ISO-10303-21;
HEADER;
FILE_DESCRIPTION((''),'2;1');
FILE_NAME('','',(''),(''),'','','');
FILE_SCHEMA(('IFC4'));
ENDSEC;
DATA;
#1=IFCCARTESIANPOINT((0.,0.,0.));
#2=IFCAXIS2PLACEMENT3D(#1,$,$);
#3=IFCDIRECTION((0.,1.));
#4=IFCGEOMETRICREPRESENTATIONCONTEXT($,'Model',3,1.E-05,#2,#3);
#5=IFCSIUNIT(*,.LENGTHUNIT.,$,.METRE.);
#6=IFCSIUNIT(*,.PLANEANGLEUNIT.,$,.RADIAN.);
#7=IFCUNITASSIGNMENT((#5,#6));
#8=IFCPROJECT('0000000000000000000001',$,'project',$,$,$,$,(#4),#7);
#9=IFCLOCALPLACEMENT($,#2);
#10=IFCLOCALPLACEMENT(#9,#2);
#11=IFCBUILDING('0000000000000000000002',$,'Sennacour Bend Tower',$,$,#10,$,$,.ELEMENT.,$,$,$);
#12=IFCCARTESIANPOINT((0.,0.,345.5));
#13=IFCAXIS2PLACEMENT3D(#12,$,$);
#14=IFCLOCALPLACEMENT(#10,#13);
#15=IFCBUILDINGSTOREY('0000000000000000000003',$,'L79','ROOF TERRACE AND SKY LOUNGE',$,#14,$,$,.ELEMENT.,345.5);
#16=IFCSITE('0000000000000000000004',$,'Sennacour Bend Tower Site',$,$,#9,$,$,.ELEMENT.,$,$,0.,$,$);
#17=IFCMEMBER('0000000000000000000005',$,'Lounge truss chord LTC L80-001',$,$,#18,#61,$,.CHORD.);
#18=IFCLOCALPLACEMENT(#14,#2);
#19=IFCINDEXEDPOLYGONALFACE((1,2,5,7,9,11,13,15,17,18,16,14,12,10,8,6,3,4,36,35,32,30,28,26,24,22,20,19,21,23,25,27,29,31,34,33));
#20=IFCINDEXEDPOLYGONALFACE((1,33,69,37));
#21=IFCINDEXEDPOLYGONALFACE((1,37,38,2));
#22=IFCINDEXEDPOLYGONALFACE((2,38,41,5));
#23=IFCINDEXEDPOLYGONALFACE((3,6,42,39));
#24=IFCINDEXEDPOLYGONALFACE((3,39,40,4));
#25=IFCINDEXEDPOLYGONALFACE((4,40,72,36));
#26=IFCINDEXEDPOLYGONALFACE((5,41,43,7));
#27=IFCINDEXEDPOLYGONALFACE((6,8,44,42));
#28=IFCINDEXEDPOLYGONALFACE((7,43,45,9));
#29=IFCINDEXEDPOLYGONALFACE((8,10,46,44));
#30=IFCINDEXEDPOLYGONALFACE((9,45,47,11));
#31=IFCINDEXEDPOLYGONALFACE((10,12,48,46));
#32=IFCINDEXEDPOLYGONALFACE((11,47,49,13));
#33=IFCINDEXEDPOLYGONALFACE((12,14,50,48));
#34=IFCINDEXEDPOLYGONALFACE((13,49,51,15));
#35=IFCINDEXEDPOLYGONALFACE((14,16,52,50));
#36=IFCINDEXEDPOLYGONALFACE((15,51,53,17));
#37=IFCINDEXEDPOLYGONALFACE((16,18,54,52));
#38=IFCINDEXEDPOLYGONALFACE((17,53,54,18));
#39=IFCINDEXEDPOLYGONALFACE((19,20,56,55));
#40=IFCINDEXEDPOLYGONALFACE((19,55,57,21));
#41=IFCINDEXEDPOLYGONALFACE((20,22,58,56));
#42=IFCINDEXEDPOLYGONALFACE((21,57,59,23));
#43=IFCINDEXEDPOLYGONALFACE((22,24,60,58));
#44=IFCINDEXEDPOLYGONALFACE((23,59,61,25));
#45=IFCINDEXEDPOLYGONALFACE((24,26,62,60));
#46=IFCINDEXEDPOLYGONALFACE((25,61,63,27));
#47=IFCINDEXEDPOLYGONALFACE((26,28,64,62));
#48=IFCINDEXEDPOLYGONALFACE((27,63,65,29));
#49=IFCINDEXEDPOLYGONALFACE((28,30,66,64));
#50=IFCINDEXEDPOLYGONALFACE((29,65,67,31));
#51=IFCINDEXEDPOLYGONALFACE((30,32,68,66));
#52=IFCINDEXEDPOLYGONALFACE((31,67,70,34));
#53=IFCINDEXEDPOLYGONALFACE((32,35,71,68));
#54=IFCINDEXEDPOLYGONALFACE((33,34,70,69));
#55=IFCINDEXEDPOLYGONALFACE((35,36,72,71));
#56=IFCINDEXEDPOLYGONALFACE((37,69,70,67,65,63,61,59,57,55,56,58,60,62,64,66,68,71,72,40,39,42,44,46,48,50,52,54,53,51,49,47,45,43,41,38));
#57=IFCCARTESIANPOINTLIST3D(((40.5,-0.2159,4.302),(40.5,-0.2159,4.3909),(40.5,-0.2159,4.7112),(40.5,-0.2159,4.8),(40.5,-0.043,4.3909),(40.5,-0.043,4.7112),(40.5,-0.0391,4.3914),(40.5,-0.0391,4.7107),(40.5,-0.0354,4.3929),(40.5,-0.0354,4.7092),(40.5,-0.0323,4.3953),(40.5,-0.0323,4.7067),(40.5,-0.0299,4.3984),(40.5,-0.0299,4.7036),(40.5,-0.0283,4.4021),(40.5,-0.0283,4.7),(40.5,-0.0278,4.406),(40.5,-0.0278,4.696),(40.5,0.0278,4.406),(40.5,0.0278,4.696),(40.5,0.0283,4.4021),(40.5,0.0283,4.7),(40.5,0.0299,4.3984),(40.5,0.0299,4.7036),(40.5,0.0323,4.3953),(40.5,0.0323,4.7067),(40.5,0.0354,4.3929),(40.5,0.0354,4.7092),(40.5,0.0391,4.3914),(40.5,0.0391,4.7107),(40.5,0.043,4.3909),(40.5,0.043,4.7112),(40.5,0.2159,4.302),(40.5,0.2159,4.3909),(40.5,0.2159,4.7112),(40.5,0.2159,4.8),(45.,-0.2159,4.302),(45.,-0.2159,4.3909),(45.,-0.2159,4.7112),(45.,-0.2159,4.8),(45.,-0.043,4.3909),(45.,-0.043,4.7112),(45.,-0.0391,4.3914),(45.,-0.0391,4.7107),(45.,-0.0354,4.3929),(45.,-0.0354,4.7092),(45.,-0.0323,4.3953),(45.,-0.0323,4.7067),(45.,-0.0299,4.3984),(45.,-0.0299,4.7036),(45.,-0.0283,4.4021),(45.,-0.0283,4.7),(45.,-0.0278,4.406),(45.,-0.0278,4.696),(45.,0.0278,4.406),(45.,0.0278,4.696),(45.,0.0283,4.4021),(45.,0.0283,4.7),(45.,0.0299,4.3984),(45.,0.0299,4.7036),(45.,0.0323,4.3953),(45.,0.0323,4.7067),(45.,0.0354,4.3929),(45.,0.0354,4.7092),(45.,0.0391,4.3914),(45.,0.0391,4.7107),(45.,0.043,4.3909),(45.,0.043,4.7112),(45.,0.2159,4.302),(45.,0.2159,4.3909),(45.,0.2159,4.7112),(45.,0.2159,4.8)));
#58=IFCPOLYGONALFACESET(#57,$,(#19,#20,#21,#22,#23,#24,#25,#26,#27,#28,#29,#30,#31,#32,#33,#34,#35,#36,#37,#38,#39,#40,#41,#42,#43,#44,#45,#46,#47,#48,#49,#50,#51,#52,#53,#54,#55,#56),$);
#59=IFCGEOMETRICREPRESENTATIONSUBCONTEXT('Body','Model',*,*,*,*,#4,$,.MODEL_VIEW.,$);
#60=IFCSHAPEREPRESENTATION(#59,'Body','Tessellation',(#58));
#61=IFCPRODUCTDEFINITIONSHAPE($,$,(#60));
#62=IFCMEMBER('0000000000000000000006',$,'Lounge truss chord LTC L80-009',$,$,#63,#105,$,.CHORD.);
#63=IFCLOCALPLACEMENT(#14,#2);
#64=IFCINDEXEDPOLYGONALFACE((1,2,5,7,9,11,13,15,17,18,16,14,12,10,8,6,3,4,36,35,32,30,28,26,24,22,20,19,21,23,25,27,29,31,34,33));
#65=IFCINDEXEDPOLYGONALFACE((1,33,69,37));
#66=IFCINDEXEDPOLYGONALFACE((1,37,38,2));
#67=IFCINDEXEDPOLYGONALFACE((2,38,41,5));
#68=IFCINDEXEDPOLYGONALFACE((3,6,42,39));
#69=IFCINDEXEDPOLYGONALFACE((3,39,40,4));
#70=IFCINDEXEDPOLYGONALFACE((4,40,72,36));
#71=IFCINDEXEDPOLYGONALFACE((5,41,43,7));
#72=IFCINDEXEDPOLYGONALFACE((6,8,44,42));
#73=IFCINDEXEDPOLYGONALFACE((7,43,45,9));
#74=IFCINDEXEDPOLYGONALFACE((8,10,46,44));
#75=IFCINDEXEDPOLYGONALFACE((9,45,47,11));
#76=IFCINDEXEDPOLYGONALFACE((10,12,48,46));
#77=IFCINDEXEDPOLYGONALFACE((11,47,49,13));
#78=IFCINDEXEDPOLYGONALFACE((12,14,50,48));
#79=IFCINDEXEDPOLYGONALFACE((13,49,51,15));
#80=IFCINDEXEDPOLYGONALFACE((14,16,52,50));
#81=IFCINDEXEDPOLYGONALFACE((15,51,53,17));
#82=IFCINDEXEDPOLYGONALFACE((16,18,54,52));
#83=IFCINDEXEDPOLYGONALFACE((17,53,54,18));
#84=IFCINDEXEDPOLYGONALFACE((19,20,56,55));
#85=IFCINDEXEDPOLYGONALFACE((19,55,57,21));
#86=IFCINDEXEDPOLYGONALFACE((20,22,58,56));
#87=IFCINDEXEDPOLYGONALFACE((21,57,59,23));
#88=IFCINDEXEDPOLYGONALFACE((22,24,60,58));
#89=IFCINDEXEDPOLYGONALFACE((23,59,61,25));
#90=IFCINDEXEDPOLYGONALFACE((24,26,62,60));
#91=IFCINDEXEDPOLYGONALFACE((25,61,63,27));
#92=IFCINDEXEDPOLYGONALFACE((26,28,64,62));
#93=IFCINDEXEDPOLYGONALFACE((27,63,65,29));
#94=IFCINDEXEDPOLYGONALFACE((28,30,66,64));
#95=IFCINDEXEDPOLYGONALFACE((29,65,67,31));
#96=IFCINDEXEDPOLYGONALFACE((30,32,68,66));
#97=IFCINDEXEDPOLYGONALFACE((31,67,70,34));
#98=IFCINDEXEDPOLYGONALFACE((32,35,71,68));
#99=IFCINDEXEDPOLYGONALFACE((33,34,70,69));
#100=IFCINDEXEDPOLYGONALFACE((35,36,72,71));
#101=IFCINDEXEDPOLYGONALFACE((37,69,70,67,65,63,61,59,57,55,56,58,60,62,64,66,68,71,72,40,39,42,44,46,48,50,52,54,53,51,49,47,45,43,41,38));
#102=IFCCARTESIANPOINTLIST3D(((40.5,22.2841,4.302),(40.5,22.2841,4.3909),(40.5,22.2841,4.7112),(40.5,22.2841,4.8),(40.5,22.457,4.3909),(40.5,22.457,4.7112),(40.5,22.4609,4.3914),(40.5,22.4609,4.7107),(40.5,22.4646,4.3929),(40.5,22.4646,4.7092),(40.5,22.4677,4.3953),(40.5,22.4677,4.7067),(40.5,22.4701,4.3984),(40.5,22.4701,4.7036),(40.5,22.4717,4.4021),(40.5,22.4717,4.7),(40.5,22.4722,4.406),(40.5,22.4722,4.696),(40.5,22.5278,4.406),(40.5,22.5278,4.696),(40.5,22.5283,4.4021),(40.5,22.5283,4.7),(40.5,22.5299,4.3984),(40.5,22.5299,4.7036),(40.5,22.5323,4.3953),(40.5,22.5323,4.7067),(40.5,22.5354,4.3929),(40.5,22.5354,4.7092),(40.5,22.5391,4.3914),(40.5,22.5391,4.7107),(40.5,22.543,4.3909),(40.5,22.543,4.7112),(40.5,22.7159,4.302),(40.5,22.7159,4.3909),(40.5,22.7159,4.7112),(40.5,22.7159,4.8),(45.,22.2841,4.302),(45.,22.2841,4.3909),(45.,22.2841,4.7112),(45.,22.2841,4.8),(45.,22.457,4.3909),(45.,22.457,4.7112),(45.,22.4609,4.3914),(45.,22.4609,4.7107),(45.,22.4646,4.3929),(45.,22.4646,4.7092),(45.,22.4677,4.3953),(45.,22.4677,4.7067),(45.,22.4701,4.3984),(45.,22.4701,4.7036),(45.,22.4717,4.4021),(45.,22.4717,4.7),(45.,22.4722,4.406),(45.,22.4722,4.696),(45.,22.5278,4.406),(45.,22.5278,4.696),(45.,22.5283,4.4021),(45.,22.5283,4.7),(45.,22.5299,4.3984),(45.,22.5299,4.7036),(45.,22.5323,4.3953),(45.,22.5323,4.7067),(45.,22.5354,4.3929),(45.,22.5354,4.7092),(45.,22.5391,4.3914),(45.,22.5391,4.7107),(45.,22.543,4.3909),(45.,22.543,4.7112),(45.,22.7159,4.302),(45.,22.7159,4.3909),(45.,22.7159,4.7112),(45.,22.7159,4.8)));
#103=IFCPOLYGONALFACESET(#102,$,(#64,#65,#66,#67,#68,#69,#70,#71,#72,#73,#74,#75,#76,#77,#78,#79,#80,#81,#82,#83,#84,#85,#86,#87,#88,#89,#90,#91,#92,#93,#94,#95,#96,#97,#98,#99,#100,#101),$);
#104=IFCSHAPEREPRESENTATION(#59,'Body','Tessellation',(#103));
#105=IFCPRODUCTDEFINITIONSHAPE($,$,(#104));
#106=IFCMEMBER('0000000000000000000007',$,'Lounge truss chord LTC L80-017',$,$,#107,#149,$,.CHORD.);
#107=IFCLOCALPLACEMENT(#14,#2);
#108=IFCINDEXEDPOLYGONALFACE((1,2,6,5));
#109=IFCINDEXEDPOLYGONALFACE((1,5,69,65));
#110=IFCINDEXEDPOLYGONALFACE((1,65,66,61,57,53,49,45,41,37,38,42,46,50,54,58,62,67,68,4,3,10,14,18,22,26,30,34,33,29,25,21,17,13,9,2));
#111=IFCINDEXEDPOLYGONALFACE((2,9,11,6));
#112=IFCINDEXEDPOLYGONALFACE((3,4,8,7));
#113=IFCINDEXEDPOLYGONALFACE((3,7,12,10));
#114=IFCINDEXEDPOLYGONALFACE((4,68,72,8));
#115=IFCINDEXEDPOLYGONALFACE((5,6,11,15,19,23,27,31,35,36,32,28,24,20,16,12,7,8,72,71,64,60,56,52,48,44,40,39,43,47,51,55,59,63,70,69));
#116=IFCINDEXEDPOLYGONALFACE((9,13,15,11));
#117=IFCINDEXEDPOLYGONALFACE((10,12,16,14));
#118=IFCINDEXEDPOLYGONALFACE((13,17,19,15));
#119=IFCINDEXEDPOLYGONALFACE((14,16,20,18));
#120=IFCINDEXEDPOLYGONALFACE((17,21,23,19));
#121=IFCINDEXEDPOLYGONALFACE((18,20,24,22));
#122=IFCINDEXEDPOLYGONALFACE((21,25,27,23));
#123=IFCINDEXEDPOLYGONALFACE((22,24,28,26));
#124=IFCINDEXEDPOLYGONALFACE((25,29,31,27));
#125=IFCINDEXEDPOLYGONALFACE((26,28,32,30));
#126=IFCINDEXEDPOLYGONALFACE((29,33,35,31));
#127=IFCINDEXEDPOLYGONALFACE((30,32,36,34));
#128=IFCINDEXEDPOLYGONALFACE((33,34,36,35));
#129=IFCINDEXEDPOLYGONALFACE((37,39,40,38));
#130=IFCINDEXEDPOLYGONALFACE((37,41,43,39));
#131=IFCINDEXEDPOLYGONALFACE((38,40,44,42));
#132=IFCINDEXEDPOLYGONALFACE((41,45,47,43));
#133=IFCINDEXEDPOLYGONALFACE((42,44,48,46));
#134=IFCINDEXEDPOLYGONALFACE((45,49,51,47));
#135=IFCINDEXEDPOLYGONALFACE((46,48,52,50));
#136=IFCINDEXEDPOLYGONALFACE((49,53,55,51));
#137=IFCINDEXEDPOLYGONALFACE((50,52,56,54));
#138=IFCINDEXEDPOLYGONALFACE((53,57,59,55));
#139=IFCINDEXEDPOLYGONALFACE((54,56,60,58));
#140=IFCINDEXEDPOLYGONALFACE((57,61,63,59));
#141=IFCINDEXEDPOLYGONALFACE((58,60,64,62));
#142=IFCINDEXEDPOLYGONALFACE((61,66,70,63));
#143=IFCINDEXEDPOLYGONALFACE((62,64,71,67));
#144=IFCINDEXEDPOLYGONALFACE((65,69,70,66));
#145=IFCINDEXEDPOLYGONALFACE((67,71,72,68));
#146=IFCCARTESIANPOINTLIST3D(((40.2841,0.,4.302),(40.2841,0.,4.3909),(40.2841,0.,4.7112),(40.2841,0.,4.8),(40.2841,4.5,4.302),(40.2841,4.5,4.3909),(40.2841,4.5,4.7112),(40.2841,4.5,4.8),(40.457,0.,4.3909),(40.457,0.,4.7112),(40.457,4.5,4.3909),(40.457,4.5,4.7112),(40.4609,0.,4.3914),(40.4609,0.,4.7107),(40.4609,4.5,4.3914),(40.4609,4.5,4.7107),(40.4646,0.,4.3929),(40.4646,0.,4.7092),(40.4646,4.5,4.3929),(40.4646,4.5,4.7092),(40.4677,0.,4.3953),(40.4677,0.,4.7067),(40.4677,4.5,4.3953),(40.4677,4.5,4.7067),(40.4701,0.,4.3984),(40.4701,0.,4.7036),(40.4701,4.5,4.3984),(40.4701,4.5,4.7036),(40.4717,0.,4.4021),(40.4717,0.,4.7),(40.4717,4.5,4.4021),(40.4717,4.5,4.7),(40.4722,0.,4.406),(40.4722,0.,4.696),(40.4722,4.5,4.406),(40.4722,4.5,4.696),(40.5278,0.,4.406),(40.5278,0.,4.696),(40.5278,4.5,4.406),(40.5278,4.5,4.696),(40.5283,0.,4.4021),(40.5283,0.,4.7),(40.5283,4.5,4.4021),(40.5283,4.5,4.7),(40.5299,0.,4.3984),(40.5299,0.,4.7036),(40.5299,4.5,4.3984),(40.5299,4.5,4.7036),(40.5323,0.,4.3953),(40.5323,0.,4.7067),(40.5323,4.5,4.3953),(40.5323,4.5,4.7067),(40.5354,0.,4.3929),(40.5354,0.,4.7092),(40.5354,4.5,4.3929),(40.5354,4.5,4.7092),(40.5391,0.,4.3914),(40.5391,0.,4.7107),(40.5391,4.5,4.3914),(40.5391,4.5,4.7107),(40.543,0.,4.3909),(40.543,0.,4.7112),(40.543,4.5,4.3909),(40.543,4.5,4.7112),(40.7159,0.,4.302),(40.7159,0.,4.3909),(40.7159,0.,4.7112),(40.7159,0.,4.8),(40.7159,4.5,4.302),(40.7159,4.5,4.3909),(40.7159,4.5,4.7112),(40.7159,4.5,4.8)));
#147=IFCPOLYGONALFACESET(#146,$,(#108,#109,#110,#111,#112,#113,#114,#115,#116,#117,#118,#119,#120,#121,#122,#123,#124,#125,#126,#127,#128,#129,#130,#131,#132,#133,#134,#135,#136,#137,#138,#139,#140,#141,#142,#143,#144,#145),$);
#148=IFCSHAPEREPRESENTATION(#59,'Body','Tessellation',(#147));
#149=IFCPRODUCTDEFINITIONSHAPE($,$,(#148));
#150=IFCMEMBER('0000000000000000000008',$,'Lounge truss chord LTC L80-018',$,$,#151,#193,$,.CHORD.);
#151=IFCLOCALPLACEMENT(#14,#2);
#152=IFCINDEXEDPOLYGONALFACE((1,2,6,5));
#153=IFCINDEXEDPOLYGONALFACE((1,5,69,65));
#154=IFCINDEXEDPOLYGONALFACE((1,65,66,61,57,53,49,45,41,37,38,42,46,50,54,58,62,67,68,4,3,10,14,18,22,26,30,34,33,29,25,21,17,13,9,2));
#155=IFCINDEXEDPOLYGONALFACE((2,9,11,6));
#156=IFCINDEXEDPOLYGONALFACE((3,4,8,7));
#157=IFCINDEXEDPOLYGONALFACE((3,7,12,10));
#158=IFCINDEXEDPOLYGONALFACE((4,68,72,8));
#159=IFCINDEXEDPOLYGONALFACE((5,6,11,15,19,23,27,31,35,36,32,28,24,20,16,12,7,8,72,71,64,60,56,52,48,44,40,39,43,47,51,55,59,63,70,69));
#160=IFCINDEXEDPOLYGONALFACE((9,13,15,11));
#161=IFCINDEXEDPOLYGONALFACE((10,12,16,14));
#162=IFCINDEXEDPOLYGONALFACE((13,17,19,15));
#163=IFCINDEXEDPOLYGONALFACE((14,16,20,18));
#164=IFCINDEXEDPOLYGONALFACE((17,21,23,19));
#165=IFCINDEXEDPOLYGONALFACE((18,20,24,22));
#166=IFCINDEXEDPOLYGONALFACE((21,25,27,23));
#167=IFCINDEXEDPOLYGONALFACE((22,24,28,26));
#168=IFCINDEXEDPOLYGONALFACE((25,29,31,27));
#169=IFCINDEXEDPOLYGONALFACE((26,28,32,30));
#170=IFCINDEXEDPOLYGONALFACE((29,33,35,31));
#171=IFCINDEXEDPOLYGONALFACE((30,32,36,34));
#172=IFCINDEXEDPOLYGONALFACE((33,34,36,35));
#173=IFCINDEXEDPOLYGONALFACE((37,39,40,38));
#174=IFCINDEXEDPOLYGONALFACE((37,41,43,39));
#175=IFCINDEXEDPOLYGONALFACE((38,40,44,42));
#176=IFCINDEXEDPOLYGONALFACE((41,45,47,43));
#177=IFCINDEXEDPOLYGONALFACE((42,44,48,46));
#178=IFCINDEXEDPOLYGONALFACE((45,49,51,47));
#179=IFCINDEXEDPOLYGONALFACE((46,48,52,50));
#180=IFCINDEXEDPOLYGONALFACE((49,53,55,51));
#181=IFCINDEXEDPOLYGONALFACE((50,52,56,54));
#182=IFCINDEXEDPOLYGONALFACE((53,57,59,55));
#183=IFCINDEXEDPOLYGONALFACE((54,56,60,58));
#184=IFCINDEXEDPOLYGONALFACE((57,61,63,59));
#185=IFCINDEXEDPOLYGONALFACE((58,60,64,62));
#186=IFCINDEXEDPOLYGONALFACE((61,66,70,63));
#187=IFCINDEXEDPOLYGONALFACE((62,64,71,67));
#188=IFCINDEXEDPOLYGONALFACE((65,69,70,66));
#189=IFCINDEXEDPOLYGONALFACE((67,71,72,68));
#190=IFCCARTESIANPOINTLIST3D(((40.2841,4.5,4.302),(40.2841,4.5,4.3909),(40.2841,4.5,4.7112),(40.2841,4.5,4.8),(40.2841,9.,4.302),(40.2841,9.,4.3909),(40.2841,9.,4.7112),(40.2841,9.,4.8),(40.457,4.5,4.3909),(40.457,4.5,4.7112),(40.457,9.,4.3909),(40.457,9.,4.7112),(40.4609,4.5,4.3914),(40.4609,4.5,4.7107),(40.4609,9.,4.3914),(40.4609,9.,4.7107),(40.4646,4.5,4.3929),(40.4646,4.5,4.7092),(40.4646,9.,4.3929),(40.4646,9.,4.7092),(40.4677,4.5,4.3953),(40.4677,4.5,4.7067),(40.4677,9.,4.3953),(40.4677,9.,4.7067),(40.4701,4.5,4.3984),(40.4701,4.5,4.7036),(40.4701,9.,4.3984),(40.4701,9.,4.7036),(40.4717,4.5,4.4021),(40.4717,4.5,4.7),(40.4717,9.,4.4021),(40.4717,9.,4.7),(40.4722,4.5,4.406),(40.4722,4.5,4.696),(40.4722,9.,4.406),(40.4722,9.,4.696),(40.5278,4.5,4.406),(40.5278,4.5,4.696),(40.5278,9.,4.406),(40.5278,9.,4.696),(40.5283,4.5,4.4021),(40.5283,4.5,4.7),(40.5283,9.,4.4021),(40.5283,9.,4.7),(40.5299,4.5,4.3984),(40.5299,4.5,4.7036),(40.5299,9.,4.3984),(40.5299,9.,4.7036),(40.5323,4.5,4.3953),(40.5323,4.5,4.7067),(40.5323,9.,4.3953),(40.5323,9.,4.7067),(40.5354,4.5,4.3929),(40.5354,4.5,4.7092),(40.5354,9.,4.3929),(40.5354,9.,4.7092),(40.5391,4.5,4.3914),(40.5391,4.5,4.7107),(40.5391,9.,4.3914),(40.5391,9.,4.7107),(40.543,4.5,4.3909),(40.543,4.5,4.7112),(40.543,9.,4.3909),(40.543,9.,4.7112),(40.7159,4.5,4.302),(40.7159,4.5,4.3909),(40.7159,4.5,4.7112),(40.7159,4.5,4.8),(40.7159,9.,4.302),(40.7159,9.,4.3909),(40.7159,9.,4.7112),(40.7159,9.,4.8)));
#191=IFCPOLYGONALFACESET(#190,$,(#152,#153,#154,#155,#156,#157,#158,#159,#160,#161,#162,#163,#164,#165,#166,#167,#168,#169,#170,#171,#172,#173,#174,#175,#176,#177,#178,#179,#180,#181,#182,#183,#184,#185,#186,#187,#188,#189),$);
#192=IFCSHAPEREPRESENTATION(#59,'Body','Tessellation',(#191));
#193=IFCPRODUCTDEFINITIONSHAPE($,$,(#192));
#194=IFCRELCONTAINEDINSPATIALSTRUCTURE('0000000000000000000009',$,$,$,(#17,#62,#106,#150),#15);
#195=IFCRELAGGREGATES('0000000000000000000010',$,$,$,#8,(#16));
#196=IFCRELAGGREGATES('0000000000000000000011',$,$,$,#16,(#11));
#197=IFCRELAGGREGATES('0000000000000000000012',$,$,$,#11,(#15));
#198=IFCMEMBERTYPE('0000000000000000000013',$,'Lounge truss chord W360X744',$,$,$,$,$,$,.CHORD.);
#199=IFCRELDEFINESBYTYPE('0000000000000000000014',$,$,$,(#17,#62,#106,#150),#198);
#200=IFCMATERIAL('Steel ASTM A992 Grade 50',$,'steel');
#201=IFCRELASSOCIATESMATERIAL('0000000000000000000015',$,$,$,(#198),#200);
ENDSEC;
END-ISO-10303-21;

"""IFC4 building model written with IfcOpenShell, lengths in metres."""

from ifc_helpers import new_model, si_unit, direction, frame, origin, origin_2d, place, context, subcontext, project, spatial, i_section, extrude, material, material_profile, profile_set, type_object, element, save


model = new_model("IFC4")

# Units and contexts
model_context = context("Model", 3, precision=1e-05, world=origin(), true_north=direction((0.0, 1.0)))
body_context = subcontext(model_context, "Body", "Model", "MODEL_VIEW")
ifc_project = project(units=[si_unit("LENGTHUNIT", "METRE"), si_unit("PLANEANGLEUNIT", "RADIAN")], contexts=[model_context])

# Site, building, storey
site_placement = place(None, origin())
site = spatial("IfcSite", under=ifc_project, at=site_placement, Name="Sennacour Bend Tower Site", CompositionType="ELEMENT", RefElevation=0.0)
building_placement = place(site_placement, origin())
building = spatial("IfcBuilding", under=site, at=building_placement, Name="Sennacour Bend Tower", CompositionType="ELEMENT")
storey_placement = place(building_placement, frame((0.0, 0.0, 345.5)))
storey = spatial("IfcBuildingStorey", under=building, at=storey_placement, Name="L79", Description="ROOF TERRACE AND SKY LOUNGE", CompositionType="ELEMENT", Elevation=345.5)

# Members
ifc_material_1 = material(Name="Steel ASTM A992 Grade 50", Category="steel")
ifc_material_profile_1 = material_profile(ifc_material_1, i_section(OverallWidth=0.4319, OverallDepth=0.498, WebThickness=0.0557, FlangeThickness=0.0889, FilletRadius=0.0151, at=origin_2d()), Name="Steel ASTM A992 Grade 50", Category="steel")
ifc_profile_set_1 = profile_set([ifc_material_profile_1], Name="Steel ASTM A992 Grade 50")
member_type_1 = type_object("IfcMemberType", Name="Lounge truss chord W360X744", PredefinedType="CHORD", material=ifc_profile_set_1)
for number, where, z_axis, x_axis, name in (
    (1, (40.5, 0.0, 4.551), (1.0, 0.0, 0.0), (0.0, 1.0, 0.0), "Lounge truss chord LTC L80-001"),
    (2, (40.5, 22.5, 4.551), (1.0, 0.0, 0.0), (0.0, 1.0, 0.0), "Lounge truss chord LTC L80-009"),
    (3, (40.5, 0.0, 4.551), (0.0, 1.0, 0.0), (-1.0, 0.0, 0.0), "Lounge truss chord LTC L80-017"),
    (4, (40.5, 4.5, 4.551), (0.0, 1.0, 0.0), (-1.0, 0.0, 0.0), "Lounge truss chord LTC L80-018"),
):
    element("IfcMember", number, at=place(storey_placement, frame(where, z_axis=z_axis, x_axis=x_axis)), inside=storey, type_object=member_type_1, Name=name, PredefinedType="CHORD", context=body_context, shape_type="SweptSolid", body=[
        extrude(i_section(OverallWidth=0.4319, OverallDepth=0.498, WebThickness=0.0557, FlangeThickness=0.0889, FilletRadius=0.0151, at=origin_2d()), origin(), (0.0, 0.0, 1.0), 4.5),
    ])

save(model, "model.ifc")
